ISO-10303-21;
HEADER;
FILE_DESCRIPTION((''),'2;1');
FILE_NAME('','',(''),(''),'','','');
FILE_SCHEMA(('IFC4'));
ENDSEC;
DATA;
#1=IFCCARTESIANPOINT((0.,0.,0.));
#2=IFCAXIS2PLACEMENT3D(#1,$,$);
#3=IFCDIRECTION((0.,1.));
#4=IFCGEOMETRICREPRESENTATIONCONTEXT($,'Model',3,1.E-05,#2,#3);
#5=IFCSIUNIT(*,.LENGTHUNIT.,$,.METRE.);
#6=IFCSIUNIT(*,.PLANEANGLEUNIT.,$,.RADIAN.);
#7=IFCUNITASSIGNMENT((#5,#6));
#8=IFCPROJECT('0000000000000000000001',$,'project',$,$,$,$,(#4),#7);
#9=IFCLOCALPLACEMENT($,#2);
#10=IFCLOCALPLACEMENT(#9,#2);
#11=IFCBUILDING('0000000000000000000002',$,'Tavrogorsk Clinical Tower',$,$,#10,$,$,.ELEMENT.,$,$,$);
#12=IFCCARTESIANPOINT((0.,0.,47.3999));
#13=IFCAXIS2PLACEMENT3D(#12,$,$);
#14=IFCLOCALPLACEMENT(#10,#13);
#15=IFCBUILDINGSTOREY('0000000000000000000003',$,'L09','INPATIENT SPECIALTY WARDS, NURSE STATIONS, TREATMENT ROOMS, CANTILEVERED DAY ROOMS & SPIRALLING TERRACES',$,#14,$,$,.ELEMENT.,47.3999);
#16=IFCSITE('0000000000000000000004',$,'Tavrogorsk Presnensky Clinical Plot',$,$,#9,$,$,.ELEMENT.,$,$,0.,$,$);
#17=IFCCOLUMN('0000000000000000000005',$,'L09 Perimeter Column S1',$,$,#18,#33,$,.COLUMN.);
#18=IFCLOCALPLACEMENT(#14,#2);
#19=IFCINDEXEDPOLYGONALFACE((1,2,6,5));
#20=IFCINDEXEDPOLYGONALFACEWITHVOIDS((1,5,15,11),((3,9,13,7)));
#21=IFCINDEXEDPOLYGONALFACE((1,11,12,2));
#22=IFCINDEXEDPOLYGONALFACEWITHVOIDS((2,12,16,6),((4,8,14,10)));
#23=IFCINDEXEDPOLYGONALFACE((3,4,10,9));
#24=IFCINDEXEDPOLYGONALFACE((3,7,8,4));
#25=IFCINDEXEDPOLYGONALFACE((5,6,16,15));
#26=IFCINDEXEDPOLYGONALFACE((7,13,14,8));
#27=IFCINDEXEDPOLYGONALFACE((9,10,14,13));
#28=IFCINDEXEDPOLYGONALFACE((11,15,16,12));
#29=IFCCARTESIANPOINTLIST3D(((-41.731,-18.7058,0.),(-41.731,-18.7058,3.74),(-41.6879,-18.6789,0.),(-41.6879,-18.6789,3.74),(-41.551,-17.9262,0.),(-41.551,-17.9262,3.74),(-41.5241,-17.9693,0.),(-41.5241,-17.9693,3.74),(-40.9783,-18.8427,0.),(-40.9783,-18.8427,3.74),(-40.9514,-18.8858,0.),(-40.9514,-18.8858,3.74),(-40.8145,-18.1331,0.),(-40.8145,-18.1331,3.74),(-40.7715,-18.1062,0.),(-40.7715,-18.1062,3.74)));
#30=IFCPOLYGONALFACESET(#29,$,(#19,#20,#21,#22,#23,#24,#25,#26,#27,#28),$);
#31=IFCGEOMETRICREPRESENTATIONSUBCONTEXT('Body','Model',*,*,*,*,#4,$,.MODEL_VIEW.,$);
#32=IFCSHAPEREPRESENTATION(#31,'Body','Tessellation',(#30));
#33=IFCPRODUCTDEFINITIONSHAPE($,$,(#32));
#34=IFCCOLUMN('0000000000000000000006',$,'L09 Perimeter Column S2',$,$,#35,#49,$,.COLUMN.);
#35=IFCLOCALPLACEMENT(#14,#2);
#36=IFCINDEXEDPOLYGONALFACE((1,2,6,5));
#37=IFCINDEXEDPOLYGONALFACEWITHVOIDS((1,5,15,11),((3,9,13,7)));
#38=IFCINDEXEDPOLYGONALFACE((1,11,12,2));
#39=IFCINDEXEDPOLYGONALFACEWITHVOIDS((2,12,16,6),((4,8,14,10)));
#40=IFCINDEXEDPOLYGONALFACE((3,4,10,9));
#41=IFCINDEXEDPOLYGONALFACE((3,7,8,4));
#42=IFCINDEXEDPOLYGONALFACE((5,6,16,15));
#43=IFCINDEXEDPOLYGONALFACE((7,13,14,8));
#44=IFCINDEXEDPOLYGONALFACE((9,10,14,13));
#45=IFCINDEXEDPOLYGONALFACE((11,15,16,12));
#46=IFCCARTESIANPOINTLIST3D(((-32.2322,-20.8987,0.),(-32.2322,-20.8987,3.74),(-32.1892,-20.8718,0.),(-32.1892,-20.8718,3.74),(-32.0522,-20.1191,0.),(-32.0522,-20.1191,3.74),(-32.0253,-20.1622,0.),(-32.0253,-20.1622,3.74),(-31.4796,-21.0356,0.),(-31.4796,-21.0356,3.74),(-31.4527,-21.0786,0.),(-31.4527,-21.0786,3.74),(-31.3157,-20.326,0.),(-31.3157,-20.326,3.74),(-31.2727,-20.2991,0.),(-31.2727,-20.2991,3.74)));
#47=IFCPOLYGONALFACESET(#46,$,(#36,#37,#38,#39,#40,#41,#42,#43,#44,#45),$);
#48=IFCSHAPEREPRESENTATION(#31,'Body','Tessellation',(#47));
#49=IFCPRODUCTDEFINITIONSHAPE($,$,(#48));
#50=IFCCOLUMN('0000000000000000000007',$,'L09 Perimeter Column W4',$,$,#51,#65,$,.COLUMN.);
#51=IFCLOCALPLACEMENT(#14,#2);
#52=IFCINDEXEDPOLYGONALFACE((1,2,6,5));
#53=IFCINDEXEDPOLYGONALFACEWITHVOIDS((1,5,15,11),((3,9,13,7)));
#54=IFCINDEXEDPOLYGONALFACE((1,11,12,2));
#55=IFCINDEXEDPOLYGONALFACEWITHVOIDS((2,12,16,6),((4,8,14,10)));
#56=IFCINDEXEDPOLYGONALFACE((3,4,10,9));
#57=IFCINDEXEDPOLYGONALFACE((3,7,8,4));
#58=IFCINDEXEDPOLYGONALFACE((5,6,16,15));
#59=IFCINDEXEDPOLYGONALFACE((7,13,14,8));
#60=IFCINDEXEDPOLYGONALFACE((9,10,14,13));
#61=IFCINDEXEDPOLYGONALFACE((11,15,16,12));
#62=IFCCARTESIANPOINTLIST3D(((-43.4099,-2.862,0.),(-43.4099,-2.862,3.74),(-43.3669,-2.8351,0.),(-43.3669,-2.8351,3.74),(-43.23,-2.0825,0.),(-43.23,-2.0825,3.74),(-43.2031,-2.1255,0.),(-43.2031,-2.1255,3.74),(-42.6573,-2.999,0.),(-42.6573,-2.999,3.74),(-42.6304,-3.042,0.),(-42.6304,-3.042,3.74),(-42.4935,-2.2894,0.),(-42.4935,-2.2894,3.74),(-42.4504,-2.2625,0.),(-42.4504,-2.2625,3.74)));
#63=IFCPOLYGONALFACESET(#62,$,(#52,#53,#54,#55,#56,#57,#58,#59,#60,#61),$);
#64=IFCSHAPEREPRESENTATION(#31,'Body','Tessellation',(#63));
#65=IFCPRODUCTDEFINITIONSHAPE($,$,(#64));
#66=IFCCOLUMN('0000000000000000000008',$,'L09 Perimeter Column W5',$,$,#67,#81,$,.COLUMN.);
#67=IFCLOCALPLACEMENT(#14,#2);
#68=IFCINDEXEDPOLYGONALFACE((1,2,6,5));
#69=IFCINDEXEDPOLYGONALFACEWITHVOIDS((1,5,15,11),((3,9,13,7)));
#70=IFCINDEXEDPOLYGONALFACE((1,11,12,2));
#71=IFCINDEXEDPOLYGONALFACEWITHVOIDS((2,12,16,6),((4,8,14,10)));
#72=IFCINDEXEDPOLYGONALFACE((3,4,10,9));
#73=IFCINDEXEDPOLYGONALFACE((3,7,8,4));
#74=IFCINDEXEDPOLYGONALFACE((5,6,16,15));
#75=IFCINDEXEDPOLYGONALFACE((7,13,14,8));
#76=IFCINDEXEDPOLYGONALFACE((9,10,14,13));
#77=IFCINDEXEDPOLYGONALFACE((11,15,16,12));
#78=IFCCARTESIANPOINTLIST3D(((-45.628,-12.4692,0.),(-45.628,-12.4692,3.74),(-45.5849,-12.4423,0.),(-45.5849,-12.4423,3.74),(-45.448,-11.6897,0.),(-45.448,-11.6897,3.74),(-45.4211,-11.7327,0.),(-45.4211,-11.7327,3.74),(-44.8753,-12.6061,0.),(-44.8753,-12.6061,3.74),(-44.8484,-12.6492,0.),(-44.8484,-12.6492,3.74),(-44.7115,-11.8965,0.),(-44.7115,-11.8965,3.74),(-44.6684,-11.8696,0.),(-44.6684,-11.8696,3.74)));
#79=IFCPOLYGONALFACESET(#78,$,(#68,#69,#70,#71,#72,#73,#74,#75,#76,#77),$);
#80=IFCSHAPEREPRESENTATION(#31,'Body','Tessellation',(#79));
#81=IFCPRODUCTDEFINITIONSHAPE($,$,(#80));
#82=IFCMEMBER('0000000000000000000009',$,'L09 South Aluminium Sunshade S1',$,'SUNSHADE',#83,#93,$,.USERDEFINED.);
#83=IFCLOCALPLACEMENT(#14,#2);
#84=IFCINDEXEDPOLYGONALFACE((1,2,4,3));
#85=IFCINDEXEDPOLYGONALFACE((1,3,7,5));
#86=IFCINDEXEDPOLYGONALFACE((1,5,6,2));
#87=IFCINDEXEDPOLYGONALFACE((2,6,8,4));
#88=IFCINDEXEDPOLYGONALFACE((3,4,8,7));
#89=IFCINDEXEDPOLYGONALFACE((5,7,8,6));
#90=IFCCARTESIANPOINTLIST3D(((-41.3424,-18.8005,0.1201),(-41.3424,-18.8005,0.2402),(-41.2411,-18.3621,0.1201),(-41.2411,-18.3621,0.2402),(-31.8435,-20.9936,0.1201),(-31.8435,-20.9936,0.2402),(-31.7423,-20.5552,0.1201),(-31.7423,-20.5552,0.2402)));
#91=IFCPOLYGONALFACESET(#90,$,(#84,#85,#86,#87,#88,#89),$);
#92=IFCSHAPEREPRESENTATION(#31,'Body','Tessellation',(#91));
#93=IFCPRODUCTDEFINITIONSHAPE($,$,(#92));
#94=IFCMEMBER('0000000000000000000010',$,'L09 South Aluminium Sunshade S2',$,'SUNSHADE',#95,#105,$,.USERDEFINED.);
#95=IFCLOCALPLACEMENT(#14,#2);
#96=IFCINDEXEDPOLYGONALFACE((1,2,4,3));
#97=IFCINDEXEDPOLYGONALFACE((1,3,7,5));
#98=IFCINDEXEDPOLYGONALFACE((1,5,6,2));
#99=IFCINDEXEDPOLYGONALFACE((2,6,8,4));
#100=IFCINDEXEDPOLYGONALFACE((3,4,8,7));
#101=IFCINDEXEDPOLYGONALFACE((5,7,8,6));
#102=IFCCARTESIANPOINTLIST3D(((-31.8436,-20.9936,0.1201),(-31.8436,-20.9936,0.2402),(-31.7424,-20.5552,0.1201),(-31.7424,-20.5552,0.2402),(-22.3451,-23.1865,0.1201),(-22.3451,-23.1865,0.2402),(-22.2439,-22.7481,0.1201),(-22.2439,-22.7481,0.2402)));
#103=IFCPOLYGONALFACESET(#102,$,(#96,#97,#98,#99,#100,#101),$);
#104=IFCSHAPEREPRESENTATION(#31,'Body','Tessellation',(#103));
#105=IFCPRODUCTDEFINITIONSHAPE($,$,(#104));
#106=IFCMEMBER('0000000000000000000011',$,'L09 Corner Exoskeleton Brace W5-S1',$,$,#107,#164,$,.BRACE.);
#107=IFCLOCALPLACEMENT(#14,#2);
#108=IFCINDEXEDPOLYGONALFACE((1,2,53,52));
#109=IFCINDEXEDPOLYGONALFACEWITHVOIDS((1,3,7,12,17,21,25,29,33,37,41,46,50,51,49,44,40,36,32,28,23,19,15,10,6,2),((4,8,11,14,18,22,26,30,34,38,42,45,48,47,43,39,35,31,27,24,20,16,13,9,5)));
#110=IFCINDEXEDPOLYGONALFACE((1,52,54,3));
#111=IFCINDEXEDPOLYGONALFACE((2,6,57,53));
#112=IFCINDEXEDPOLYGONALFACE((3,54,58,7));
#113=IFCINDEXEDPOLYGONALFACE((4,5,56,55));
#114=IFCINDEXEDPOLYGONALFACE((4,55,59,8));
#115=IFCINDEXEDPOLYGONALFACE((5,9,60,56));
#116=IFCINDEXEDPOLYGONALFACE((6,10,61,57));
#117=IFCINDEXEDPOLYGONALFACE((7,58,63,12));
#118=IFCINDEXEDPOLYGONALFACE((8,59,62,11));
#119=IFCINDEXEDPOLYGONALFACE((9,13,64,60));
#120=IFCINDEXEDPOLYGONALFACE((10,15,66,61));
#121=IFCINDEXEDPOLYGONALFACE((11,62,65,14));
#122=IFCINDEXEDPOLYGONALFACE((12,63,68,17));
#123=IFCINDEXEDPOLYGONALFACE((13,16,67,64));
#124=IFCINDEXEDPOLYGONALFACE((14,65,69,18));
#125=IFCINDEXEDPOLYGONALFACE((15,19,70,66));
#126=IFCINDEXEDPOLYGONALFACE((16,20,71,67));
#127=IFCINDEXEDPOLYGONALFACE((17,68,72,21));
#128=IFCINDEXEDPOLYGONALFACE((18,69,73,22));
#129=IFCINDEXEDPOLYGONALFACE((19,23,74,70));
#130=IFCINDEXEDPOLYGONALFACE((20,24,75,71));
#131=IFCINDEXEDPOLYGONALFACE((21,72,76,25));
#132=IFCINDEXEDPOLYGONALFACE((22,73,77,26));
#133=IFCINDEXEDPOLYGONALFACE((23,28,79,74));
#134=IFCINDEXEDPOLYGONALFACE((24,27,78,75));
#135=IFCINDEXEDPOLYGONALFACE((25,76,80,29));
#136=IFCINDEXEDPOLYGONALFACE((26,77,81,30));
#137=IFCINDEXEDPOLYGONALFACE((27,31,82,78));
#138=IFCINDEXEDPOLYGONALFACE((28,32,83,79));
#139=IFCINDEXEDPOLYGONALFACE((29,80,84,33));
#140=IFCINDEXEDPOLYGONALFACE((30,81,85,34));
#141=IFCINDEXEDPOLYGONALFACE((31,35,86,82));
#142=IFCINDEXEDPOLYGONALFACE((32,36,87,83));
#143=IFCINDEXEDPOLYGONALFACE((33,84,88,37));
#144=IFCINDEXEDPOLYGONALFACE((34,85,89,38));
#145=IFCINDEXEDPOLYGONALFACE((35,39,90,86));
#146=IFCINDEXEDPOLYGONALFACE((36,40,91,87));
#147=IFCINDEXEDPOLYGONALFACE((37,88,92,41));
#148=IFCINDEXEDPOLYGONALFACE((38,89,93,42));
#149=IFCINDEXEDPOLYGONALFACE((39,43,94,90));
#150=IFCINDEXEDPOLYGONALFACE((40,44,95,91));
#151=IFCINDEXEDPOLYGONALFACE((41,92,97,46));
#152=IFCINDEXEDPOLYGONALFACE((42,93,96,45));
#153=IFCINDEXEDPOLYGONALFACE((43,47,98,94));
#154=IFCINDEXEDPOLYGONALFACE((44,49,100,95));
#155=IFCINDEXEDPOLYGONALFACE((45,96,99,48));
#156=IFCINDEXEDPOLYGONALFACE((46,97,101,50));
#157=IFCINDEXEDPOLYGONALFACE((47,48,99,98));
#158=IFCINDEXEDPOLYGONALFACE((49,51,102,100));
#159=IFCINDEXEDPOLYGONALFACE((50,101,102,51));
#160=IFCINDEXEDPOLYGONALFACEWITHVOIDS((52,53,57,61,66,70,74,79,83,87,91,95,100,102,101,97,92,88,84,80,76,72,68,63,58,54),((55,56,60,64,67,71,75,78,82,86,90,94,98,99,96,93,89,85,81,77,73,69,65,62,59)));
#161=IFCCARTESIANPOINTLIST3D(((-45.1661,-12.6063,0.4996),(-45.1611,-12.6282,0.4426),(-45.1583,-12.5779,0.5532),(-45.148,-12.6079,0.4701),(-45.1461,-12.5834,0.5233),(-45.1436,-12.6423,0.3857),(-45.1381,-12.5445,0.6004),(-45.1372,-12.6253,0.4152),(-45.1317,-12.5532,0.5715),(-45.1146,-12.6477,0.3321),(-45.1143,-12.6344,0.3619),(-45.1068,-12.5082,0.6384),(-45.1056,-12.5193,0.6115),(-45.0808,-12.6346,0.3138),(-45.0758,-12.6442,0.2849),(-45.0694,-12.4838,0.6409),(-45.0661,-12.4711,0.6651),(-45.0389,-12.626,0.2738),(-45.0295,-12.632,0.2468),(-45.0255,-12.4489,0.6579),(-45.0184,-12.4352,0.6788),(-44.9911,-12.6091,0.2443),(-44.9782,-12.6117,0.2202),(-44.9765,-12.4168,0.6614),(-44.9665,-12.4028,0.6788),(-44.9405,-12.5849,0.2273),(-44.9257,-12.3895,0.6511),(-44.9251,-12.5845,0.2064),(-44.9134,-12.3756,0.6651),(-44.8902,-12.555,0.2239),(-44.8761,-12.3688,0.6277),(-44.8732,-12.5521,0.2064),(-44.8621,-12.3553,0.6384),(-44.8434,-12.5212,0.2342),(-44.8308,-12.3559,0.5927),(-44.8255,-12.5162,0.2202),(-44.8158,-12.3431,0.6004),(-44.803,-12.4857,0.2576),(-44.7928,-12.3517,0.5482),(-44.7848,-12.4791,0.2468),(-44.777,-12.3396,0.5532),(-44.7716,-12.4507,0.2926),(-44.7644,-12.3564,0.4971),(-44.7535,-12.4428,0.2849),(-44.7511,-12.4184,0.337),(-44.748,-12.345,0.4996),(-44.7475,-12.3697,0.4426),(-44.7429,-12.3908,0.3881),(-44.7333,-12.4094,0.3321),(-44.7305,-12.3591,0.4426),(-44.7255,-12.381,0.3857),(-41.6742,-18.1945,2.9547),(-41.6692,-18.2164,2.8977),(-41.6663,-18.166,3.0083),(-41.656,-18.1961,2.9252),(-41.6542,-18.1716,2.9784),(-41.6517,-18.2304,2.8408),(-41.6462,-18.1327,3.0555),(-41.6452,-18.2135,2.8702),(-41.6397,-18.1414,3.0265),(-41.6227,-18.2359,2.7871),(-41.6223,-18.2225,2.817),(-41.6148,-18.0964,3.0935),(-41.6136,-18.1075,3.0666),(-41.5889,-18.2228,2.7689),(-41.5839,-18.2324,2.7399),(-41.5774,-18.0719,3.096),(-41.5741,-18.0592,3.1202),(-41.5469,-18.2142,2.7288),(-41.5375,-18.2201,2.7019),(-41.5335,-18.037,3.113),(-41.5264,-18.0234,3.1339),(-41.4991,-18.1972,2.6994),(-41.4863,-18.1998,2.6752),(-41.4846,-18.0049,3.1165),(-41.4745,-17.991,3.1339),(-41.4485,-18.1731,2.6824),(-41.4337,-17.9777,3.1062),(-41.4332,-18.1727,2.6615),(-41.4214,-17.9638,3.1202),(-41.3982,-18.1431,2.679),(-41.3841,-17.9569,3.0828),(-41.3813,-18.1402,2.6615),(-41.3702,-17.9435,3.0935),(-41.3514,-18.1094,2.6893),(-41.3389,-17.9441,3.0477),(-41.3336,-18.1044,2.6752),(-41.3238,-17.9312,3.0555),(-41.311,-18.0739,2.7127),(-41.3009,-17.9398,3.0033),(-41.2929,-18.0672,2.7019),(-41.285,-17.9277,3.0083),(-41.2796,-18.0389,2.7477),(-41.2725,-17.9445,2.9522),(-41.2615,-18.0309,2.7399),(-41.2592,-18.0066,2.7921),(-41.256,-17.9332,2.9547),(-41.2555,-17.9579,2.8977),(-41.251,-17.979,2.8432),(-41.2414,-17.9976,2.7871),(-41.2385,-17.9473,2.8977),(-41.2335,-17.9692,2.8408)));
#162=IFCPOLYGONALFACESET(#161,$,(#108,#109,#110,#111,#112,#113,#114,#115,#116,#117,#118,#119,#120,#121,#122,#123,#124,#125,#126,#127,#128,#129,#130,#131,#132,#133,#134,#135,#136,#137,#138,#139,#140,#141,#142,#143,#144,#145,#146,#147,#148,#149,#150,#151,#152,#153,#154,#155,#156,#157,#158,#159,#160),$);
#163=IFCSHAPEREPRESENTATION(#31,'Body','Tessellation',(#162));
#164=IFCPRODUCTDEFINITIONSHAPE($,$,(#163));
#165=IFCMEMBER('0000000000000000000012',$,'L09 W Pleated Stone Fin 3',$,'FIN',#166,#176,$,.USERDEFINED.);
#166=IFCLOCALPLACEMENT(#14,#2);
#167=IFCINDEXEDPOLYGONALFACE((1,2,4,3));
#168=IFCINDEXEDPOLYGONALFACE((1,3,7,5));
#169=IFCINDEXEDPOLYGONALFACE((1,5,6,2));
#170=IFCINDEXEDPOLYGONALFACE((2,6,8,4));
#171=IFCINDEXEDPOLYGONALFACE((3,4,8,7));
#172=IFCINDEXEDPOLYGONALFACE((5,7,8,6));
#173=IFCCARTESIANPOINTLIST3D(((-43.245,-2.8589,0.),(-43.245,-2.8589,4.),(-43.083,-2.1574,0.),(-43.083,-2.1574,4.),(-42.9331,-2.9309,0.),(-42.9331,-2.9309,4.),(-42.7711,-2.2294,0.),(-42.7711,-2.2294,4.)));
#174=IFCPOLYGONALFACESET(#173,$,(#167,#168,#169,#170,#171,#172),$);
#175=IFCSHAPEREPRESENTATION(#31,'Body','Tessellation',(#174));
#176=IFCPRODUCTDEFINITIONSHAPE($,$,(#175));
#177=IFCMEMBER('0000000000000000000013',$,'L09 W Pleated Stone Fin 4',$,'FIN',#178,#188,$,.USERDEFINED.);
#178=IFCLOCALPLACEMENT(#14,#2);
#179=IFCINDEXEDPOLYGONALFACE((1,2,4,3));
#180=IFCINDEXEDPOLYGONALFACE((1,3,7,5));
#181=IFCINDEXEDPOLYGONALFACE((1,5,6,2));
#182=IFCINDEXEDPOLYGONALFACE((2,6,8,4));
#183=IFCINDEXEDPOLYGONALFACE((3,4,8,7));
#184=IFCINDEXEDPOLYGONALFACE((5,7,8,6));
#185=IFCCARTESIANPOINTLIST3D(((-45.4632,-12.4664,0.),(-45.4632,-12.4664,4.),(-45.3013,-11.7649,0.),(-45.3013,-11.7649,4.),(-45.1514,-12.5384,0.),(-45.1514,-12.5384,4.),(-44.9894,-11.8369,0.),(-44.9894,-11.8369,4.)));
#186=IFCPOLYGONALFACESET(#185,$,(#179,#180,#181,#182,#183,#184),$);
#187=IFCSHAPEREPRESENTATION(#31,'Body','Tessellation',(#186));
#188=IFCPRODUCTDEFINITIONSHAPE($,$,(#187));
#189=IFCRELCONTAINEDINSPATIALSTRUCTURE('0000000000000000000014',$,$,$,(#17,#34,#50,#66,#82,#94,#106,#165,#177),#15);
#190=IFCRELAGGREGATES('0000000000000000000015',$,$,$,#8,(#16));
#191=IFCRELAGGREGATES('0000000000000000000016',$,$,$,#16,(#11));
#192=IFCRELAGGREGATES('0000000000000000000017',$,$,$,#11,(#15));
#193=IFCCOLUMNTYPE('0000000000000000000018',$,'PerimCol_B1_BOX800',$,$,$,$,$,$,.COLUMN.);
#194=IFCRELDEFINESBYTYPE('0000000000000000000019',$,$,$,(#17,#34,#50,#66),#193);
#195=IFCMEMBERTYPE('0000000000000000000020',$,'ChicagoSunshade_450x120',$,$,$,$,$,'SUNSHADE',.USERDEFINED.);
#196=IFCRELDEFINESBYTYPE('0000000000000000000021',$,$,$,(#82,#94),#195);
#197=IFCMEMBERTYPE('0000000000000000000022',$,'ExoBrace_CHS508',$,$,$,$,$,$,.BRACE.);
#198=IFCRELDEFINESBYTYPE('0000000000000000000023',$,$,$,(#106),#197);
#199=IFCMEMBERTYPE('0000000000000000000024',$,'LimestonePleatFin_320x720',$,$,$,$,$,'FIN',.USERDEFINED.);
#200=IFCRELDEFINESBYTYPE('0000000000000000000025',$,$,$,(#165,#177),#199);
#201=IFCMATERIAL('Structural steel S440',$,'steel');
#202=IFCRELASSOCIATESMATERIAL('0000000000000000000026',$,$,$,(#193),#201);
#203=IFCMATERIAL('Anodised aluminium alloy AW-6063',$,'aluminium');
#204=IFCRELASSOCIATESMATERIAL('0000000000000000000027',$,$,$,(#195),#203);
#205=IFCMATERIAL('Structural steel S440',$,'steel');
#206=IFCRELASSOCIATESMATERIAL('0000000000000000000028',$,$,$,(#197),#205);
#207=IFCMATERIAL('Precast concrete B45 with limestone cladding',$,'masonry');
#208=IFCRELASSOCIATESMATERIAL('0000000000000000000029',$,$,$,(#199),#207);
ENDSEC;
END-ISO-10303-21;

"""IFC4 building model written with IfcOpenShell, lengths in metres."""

from ifc_helpers import new_model, si_unit, direction, frame, origin, origin_2d, place, context, subcontext, project, spatial, rectangle, hollow_rectangle, hollow_circle, extrude, material, material_profile, profile_set, type_object, element, save


model = new_model("IFC4")

# Units and contexts
model_context = context("Model", 3, precision=1e-05, world=origin(), true_north=direction((0.0, 1.0)))
body_context = subcontext(model_context, "Body", "Model", "MODEL_VIEW")
ifc_project = project(units=[si_unit("LENGTHUNIT", "METRE"), si_unit("PLANEANGLEUNIT", "RADIAN")], contexts=[model_context])

# Site, building, storey
site_placement = place(None, origin())
site = spatial("IfcSite", under=ifc_project, at=site_placement, Name="Tavrogorsk Presnensky Clinical Plot", CompositionType="ELEMENT", RefElevation=0.0)
building_placement = place(site_placement, origin())
building = spatial("IfcBuilding", under=site, at=building_placement, Name="Tavrogorsk Clinical Tower", CompositionType="ELEMENT")
storey_placement = place(building_placement, frame((0.0, 0.0, 47.3999)))
storey = spatial("IfcBuildingStorey", under=building, at=storey_placement, Name="L09", Description="INPATIENT SPECIALTY WARDS, NURSE STATIONS, TREATMENT ROOMS, CANTILEVERED DAY ROOMS & SPIRALLING TERRACES", CompositionType="ELEMENT", Elevation=47.3999)

# Columns
ifc_material_1 = material(Name="Structural steel S440", Category="steel")
ifc_material_profile_1 = material_profile(ifc_material_1, hollow_rectangle(XDim=0.8, YDim=0.8, WallThickness=0.0359, at=origin_2d()), Name="BOX-800x800x36")
ifc_profile_set_1 = profile_set([ifc_material_profile_1], Name="Structural steel S440")
column_type = type_object("IfcColumnType", Name="PerimCol_B1_BOX800", PredefinedType="COLUMN", material=ifc_profile_set_1)
for number, where, z_axis, x_axis, name in (
    (1, (-41.2512, -18.406, 0.0), (0.0, 0.0, 1.0), (0.97437, -0.224951, 0.0), "L09 Perimeter Column S1"),
    (2, (-31.7524, -20.5989, 0.0), (0.0, 0.0, 1.0), (0.97437, -0.224951, 0.0), "L09 Perimeter Column S2"),
    (3, (-42.9302, -2.5623, 0.0), (0.0, 0.0, 1.0), (0.97437, -0.224951, 0.0), "L09 Perimeter Column W4"),
    (4, (-45.1482, -12.1694, 0.0), (0.0, 0.0, 1.0), (0.97437, -0.224951, 0.0), "L09 Perimeter Column W5"),
):
    element("IfcColumn", number, at=place(storey_placement, frame(where, z_axis=z_axis, x_axis=x_axis)), inside=storey, type_object=column_type, Name=name, PredefinedType="COLUMN", context=body_context, shape_type="SweptSolid", body=[
        extrude(hollow_rectangle(XDim=0.8, YDim=0.8, WallThickness=0.0359, at=origin_2d()), origin(), (0.0, 0.0, 1.0), 3.74),
    ])

# Members
ifc_material_2 = material(Name="Anodised aluminium alloy AW-6063", Category="aluminium")
ifc_material_profile_2 = material_profile(ifc_material_2, rectangle(XDim=0.45, YDim=0.1201, at=origin_2d()), Name="ALU-SUNSHADE-450x120")
ifc_profile_set_2 = profile_set([ifc_material_profile_2], Name="Anodised aluminium alloy AW-6063")
member_type_1 = type_object("IfcMemberType", Name="ChicagoSunshade_450x120", ElementType="SUNSHADE", PredefinedType="USERDEFINED", material=ifc_profile_set_2)
member_1_placement = place(storey_placement, frame((-41.2917, -18.5813, 0.1802), z_axis=(0.974367, -0.224966, 0.0), x_axis=(0.224966, 0.974367, 0.0)))
element("IfcMember", 5, at=member_1_placement, inside=storey, type_object=member_type_1, Name="L09 South Aluminium Sunshade S1", ObjectType="SUNSHADE", PredefinedType="USERDEFINED", context=body_context, shape_type="SweptSolid", body=[
    extrude(rectangle(XDim=0.45, YDim=0.1201, at=origin_2d()), origin(), (0.0, 0.0, 1.0), 9.7488),
])
member_2_placement = place(storey_placement, frame((-31.793, -20.7744, 0.1802), z_axis=(0.974371, -0.224947, 0.0), x_axis=(0.224947, 0.974371, 0.0)))
element("IfcMember", 6, at=member_2_placement, inside=storey, type_object=member_type_1, Name="L09 South Aluminium Sunshade S2", ObjectType="SUNSHADE", PredefinedType="USERDEFINED", context=body_context, shape_type="SweptSolid", body=[
    extrude(rectangle(XDim=0.45, YDim=0.1201, at=origin_2d()), origin(), (0.0, 0.0, 1.0), 9.7483),
])
ifc_material_3 = material(Name="Structural steel S440", Category="steel")
ifc_material_profile_3 = material_profile(ifc_material_3, hollow_circle(Radius=0.2539, WallThickness=0.02, at=origin_2d()), Name="CHS-508x20")
ifc_profile_set_3 = profile_set([ifc_material_profile_3], Name="Structural steel S440")
member_type_2 = type_object("IfcMemberType", Name="ExoBrace_CHS508", PredefinedType="BRACE", material=ifc_profile_set_3)
member_3_placement = place(storey_placement, frame((-44.9458, -12.4937, 0.4426), z_axis=(0.496582, -0.794678, 0.349132), x_axis=(0.848042, 0.529929, 0.0)))
element("IfcMember", 7, at=member_3_placement, inside=storey, type_object=member_type_2, Name="L09 Corner Exoskeleton Brace W5-S1", PredefinedType="BRACE", context=body_context, shape_type="SweptSolid", body=[
    extrude(hollow_circle(Radius=0.2539, WallThickness=0.02, at=origin_2d()), origin(), (0.0, 0.0, 1.0), 7.032),
])
ifc_material_4 = material(Name="Precast concrete B45 with limestone cladding", Category="masonry")
ifc_material_profile_4 = material_profile(ifc_material_4, rectangle(XDim=0.3201, YDim=0.72, at=origin_2d()), Name="LIMESTONE-FIN-320x720")
ifc_profile_set_4 = profile_set([ifc_material_profile_4], Name="Precast concrete B45 with limestone cladding")
member_type_3 = type_object("IfcMemberType", Name="LimestonePleatFin_320x720", ElementType="FIN", PredefinedType="USERDEFINED", material=ifc_profile_set_4)
for number, where, z_axis, x_axis, name in (
    (8, (-43.0081, -2.5442, 0.0), (0.0, 0.0, 1.0), (0.97437, -0.224951, 0.0), "L09 W Pleated Stone Fin 3"),
    (9, (-45.2263, -12.1516, 0.0), (0.0, 0.0, 1.0), (0.97437, -0.224951, 0.0), "L09 W Pleated Stone Fin 4"),
):
    element("IfcMember", number, at=place(storey_placement, frame(where, z_axis=z_axis, x_axis=x_axis)), inside=storey, type_object=member_type_3, Name=name, ObjectType="FIN", PredefinedType="USERDEFINED", context=body_context, shape_type="SweptSolid", body=[
        extrude(rectangle(XDim=0.3201, YDim=0.72, at=origin_2d()), origin(), (0.0, 0.0, 1.0), 4.0),
    ])

save(model, "model.ifc")
